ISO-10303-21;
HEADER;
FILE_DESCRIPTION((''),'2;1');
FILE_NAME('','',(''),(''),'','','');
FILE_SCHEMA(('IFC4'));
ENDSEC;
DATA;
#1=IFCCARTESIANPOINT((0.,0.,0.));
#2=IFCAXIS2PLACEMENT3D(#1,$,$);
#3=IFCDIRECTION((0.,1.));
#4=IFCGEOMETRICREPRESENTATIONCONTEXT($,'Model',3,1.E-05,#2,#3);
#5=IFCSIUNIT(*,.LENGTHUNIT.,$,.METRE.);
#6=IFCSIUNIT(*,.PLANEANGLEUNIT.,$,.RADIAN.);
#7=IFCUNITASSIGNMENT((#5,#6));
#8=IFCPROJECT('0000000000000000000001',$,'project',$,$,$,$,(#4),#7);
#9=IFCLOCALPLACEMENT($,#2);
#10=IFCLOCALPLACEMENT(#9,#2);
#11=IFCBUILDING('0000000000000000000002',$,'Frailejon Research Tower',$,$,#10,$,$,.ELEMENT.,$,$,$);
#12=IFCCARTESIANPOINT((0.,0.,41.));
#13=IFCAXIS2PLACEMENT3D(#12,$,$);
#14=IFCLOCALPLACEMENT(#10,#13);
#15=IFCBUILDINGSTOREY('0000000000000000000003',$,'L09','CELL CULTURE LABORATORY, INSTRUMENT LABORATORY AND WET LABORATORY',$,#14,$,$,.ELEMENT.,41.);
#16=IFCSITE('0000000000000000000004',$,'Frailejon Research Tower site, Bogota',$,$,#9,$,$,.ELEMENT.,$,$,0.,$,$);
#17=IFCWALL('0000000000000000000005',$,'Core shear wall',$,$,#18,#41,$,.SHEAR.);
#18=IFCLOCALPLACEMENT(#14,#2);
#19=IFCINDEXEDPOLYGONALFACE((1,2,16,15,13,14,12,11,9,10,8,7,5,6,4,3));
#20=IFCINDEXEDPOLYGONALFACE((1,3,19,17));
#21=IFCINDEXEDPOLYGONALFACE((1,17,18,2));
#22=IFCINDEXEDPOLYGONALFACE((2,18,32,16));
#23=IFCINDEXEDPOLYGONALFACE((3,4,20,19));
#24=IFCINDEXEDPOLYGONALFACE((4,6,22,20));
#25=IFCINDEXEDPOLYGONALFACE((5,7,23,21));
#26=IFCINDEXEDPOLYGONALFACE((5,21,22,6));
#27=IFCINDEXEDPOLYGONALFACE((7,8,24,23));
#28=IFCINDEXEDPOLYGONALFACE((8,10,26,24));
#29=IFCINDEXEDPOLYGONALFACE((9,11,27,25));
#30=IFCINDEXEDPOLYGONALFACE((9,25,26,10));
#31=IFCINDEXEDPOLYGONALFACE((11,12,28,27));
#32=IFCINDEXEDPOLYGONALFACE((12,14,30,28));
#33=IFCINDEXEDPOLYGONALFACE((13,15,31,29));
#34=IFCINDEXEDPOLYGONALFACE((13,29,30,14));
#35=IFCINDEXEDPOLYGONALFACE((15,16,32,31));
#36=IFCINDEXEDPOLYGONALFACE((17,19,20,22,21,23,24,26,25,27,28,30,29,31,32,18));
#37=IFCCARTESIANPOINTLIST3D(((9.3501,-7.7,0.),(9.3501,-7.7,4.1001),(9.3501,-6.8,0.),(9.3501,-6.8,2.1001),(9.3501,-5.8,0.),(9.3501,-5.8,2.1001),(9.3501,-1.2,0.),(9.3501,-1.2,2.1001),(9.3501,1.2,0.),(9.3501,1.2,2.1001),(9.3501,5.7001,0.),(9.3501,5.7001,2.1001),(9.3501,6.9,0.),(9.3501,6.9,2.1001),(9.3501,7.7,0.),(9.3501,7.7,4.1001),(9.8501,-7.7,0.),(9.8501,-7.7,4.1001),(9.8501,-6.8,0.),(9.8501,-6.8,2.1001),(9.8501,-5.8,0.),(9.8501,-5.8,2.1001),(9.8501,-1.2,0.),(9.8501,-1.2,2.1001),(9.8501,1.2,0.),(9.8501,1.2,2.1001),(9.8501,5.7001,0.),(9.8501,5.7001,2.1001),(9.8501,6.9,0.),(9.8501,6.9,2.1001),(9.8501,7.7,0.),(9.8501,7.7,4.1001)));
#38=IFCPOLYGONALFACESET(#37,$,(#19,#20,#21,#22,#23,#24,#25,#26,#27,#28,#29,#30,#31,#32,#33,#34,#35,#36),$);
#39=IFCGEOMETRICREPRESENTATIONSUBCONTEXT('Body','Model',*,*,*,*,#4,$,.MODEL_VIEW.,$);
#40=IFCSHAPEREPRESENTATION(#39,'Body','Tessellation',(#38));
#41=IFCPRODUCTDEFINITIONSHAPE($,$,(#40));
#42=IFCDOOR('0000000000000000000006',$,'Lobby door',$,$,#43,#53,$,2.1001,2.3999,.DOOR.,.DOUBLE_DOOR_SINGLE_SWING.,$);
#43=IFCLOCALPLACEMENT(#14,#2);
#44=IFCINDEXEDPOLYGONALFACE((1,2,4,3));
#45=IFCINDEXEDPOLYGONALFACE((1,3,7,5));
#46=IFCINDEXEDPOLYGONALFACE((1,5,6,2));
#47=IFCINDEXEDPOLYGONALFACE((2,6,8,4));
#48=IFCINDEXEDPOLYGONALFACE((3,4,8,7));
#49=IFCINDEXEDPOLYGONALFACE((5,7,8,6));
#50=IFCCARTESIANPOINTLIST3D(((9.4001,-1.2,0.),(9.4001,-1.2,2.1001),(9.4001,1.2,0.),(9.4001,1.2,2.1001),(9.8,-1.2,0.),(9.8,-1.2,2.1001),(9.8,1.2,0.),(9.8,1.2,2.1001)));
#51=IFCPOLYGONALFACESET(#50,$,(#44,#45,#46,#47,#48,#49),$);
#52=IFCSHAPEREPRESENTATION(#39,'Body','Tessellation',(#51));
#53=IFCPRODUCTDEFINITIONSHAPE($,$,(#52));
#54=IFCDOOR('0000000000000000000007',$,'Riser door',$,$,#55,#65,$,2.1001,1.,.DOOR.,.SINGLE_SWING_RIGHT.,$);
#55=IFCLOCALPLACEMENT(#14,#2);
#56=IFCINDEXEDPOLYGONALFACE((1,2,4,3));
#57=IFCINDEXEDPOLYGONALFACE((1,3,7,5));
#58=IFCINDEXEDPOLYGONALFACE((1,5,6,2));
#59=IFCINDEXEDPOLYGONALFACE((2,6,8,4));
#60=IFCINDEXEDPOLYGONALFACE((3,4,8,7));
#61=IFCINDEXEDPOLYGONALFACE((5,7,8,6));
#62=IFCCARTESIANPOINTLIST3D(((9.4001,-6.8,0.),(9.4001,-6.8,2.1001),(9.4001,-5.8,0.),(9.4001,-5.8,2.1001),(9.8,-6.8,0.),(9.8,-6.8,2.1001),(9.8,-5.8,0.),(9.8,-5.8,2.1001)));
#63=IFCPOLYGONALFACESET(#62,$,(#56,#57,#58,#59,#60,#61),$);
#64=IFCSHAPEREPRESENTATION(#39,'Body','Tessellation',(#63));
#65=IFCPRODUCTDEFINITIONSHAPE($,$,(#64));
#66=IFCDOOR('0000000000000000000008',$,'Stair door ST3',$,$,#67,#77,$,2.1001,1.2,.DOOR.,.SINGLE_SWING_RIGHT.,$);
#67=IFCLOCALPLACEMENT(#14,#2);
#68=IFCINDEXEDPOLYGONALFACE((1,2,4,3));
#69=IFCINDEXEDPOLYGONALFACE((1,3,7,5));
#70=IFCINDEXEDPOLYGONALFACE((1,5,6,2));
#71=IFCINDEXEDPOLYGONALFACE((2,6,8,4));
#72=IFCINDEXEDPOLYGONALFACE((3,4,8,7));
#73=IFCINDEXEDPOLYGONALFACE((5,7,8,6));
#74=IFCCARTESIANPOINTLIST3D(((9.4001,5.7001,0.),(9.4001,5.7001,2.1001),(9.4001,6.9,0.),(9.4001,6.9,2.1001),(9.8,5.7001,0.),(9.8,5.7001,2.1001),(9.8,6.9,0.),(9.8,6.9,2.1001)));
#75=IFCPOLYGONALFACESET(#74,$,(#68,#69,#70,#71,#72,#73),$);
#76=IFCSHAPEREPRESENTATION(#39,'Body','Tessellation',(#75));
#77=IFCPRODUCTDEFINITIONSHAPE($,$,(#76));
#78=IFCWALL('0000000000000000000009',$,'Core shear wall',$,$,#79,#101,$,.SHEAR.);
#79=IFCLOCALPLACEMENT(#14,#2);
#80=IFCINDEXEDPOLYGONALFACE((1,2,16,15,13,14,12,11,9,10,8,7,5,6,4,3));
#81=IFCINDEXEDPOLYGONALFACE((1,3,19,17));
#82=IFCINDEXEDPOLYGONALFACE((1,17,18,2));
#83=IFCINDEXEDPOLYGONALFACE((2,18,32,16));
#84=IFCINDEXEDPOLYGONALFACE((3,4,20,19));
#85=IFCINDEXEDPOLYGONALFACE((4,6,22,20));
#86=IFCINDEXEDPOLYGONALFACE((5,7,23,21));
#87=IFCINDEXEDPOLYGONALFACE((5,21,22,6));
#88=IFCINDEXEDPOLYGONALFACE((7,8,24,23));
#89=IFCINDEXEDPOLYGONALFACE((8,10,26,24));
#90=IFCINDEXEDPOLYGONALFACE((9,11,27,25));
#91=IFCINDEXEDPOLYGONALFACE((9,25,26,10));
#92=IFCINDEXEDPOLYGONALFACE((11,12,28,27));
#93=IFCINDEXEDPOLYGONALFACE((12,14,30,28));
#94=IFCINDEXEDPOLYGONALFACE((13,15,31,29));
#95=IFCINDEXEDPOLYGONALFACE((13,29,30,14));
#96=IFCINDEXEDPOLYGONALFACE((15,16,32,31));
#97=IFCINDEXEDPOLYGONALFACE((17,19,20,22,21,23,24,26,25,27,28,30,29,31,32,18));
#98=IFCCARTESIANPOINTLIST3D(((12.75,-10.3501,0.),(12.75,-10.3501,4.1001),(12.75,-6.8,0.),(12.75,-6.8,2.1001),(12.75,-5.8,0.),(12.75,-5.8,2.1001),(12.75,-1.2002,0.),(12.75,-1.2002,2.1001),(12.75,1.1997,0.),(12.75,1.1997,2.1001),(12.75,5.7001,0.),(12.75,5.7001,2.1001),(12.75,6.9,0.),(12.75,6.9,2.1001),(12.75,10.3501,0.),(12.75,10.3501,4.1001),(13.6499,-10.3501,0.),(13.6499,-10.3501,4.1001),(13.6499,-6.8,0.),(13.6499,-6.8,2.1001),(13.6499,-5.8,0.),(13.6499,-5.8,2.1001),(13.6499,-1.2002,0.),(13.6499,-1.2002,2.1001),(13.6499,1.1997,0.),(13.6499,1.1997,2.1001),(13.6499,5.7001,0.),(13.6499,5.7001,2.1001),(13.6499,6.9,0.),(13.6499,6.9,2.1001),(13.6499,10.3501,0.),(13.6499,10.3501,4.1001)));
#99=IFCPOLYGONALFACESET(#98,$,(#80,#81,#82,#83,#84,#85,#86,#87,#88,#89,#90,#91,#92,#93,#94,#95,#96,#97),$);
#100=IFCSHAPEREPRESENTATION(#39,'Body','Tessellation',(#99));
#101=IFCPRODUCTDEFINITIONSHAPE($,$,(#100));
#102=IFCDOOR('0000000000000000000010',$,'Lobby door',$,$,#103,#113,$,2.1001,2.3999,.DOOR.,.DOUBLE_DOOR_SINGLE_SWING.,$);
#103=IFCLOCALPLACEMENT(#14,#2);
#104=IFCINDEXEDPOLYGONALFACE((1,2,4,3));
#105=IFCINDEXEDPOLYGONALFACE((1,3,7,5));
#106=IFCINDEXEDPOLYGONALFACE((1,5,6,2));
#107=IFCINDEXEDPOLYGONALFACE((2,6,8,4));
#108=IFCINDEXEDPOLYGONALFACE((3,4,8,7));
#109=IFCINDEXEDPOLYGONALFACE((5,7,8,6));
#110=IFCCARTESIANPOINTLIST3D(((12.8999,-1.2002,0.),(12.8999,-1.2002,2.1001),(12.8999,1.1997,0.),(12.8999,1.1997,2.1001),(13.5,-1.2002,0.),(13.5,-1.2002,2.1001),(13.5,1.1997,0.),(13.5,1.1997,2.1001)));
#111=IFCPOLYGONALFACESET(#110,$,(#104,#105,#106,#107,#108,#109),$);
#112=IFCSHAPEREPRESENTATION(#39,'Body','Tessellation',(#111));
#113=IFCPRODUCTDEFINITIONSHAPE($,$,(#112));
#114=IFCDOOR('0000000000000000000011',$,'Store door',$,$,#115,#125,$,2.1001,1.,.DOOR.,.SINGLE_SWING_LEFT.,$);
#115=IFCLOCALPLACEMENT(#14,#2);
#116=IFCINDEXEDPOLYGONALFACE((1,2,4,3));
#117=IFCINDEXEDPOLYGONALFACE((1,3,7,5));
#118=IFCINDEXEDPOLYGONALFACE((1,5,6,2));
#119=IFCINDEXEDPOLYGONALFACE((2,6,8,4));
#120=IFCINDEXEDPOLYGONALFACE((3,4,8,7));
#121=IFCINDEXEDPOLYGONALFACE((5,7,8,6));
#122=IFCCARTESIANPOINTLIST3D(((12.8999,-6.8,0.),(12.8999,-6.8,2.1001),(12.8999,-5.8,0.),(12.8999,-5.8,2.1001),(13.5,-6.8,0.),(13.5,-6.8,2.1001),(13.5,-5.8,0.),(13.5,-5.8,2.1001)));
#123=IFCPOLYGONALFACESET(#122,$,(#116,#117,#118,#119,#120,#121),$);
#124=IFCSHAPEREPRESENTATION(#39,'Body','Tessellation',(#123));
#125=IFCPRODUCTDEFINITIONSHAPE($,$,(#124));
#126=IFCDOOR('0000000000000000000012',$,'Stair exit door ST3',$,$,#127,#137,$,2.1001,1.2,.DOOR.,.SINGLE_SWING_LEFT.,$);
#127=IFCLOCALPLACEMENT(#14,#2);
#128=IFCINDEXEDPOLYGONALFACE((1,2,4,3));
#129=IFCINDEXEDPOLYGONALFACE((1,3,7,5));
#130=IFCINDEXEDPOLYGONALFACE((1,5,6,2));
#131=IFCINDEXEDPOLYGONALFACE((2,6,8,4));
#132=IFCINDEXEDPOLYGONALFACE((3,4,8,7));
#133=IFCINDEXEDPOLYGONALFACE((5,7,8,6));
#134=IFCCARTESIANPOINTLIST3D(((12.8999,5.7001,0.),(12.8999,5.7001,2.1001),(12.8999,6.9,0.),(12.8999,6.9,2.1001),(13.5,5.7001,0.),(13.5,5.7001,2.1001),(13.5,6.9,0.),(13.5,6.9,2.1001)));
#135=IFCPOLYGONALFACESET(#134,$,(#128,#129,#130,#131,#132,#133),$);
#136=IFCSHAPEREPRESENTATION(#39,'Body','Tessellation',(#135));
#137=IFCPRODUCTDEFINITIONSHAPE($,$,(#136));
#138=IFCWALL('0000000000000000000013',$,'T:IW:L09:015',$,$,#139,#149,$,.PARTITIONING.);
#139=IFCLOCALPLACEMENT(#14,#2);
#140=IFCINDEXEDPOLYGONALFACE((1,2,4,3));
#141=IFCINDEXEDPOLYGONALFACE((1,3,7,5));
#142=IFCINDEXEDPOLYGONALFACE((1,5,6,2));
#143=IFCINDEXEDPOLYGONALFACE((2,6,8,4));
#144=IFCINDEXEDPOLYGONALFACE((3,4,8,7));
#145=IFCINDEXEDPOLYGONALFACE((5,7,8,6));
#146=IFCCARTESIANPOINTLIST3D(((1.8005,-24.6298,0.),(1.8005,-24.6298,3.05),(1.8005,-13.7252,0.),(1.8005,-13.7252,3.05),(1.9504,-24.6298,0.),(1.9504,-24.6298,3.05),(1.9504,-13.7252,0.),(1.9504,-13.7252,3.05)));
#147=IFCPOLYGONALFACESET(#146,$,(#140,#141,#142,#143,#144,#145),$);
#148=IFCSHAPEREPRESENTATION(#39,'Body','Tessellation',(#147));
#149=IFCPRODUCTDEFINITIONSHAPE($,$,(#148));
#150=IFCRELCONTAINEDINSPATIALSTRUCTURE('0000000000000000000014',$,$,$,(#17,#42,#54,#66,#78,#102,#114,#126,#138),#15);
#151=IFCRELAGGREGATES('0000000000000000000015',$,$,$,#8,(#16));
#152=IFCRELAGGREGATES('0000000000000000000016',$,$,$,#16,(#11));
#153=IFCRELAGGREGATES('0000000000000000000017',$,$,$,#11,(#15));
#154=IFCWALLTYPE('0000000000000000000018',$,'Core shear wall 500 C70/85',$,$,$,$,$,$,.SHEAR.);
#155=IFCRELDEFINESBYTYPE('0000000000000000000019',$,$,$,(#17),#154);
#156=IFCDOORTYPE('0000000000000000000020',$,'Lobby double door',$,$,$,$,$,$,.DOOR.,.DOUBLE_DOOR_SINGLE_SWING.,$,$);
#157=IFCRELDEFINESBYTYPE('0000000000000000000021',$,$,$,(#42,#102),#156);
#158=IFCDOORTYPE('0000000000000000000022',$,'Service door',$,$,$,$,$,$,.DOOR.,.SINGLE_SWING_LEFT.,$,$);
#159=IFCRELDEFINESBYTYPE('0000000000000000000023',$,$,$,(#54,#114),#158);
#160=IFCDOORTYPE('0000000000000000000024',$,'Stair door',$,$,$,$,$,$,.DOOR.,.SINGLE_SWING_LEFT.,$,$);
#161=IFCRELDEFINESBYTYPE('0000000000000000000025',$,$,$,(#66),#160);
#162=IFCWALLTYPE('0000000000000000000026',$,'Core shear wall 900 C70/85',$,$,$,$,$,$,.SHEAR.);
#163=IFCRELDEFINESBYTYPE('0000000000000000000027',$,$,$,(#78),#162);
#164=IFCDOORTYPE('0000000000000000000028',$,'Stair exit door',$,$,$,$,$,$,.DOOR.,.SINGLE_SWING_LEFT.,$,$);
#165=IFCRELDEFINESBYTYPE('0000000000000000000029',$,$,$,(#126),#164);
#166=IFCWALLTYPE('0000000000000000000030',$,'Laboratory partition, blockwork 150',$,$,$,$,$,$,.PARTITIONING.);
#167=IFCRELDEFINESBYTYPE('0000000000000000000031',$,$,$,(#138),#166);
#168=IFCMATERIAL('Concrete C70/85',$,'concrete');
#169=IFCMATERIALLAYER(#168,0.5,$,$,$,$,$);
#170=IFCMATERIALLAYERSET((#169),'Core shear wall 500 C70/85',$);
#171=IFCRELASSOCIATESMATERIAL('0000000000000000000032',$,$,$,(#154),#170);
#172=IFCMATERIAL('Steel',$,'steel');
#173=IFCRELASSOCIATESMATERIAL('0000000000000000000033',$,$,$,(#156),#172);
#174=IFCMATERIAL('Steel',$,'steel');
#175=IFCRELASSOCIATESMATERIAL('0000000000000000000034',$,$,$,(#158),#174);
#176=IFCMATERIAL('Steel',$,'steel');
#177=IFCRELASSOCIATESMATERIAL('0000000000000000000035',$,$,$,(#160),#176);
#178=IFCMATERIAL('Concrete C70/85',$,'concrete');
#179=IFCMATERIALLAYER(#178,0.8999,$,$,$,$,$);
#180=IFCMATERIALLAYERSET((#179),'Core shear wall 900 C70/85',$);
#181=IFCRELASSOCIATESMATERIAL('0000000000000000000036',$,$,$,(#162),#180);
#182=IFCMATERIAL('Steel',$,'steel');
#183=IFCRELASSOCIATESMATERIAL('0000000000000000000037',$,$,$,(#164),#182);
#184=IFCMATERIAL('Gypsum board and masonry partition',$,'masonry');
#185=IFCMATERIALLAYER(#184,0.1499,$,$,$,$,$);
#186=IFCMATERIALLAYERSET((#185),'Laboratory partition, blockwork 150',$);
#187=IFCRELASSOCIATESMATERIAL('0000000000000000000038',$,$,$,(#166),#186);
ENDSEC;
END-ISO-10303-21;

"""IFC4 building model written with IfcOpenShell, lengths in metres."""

from ifc_helpers import new_model, si_unit, direction, frame, frame_2d, origin, place, context, subcontext, project, spatial, rectangle, extrude, material, layer, layer_set, type_object, element, fill, save


model = new_model("IFC4")

# Units and contexts
model_context = context("Model", 3, precision=1e-05, world=origin(), true_north=direction((0.0, 1.0)))
body_context = subcontext(model_context, "Body", "Model", "MODEL_VIEW")
ifc_project = project(units=[si_unit("LENGTHUNIT", "METRE"), si_unit("PLANEANGLEUNIT", "RADIAN")], contexts=[model_context])

# Site, building, storey
site_placement = place(None, origin())
site = spatial("IfcSite", under=ifc_project, at=site_placement, Name="Frailejon Research Tower site, Bogota", CompositionType="ELEMENT", RefElevation=0.0)
building_placement = place(site_placement, origin())
building = spatial("IfcBuilding", under=site, at=building_placement, Name="Frailejon Research Tower", CompositionType="ELEMENT")
storey_placement = place(building_placement, frame((0.0, 0.0, 41.0)))
storey = spatial("IfcBuildingStorey", under=building, at=storey_placement, Name="L09", Description="CELL CULTURE LABORATORY, INSTRUMENT LABORATORY AND WET LABORATORY", CompositionType="ELEMENT", Elevation=41.0)

# Walls, openings, doors
ifc_material_1 = material(Name="Concrete C70/85", Category="concrete")
ifc_layer_1 = layer(ifc_material_1, 0.5)
ifc_layer_set_1 = layer_set([ifc_layer_1], Name="Core shear wall 500 C70/85")
wall_type_1 = type_object("IfcWallType", Name="Core shear wall 500 C70/85", PredefinedType="SHEAR", material=ifc_layer_set_1)
wall_1_placement = place(storey_placement, frame((9.6001, -7.7, 0.0), z_axis=(0.0, 0.0, 1.0), x_axis=(0.0, 1.0, 0.0)))
wall_1 = element("IfcWall", 1, at=wall_1_placement, inside=storey, type_object=wall_type_1, Name="Core shear wall", PredefinedType="SHEAR", context=body_context, shape_type="SweptSolid", body=[
    extrude(rectangle(XDim=15.3999, YDim=0.5, at=frame_2d((7.7, 0.0))), origin(), (0.0, 0.0, 1.0), 4.1001),
])
opening_1_placement = place(wall_1_placement, frame((6.5, 0.0, 0.0)))
opening_1 = element("IfcOpeningElement", 2, at=opening_1_placement, cuts=wall_1, PredefinedType="OPENING", context=body_context, shape_type="SweptSolid", body=[
    extrude(rectangle(XDim=2.3999, YDim=2.1001, at=frame_2d((1.2, 1.05))), frame((0.0, 0.26, 0.0), z_axis=(0.0, -1.0, 0.0), x_axis=(1.0, 0.0, 0.0)), (0.0, 0.0, 1.0), 0.52),
])
opening_2_placement = place(wall_1_placement, frame((13.3999, 0.0, 0.0)))
opening_2 = element("IfcOpeningElement", 3, at=opening_2_placement, cuts=wall_1, PredefinedType="OPENING", context=body_context, shape_type="SweptSolid", body=[
    extrude(rectangle(XDim=1.2, YDim=2.1001, at=frame_2d((0.6001, 1.05))), frame((0.0, 0.26, 0.0), z_axis=(0.0, -1.0, 0.0), x_axis=(1.0, 0.0, 0.0)), (0.0, 0.0, 1.0), 0.52),
])
opening_3_placement = place(wall_1_placement, frame((0.8999, 0.0, 0.0)))
opening_3 = element("IfcOpeningElement", 4, at=opening_3_placement, cuts=wall_1, PredefinedType="OPENING", context=body_context, shape_type="SweptSolid", body=[
    extrude(rectangle(XDim=1.0, YDim=2.1001, at=frame_2d((0.5, 1.05))), frame((0.0, 0.26, 0.0), z_axis=(0.0, -1.0, 0.0), x_axis=(1.0, 0.0, 0.0)), (0.0, 0.0, 1.0), 0.52),
])
ifc_material_2 = material(Name="Steel", Category="steel")
door_type_1 = type_object("IfcDoorType", Name="Lobby double door", OperationType="DOUBLE_DOOR_SINGLE_SWING", PredefinedType="DOOR", material=ifc_material_2)
door_1_placement = place(opening_1_placement, origin())
door_1 = element("IfcDoor", 5, at=door_1_placement, inside=storey, type_object=door_type_1, Name="Lobby door", OperationType="DOUBLE_DOOR_SINGLE_SWING", OverallHeight=2.1001, OverallWidth=2.3999, PredefinedType="DOOR", context=body_context, shape_type="SweptSolid", body=[
    extrude(rectangle(XDim=2.3999, YDim=2.1001, at=frame_2d((1.2, 1.05))), frame((0.0, 0.2, 0.0), z_axis=(0.0, -1.0, 0.0), x_axis=(1.0, 0.0, 0.0)), (0.0, 0.0, 1.0), 0.3999),
])
fill(opening_1, door_1)
ifc_material_3 = material(Name="Steel", Category="steel")
door_type_2 = type_object("IfcDoorType", Name="Service door", OperationType="SINGLE_SWING_LEFT", PredefinedType="DOOR", material=ifc_material_3)
door_2_placement = place(opening_3_placement, origin())
door_2 = element("IfcDoor", 6, at=door_2_placement, inside=storey, type_object=door_type_2, Name="Riser door", OperationType="SINGLE_SWING_RIGHT", OverallHeight=2.1001, OverallWidth=1.0, PredefinedType="DOOR", context=body_context, shape_type="SweptSolid", body=[
    extrude(rectangle(XDim=1.0, YDim=2.1001, at=frame_2d((0.5, 1.05))), frame((0.0, 0.2, 0.0), z_axis=(0.0, -1.0, 0.0), x_axis=(1.0, 0.0, 0.0)), (0.0, 0.0, 1.0), 0.3999),
])
fill(opening_3, door_2)
ifc_material_4 = material(Name="Steel", Category="steel")
door_type_3 = type_object("IfcDoorType", Name="Stair door", OperationType="SINGLE_SWING_LEFT", PredefinedType="DOOR", material=ifc_material_4)
door_3_placement = place(opening_2_placement, origin())
door_3 = element("IfcDoor", 7, at=door_3_placement, inside=storey, type_object=door_type_3, Name="Stair door ST3", OperationType="SINGLE_SWING_RIGHT", OverallHeight=2.1001, OverallWidth=1.2, PredefinedType="DOOR", context=body_context, shape_type="SweptSolid", body=[
    extrude(rectangle(XDim=1.2, YDim=2.1001, at=frame_2d((0.6001, 1.05))), frame((0.0, 0.2, 0.0), z_axis=(0.0, -1.0, 0.0), x_axis=(1.0, 0.0, 0.0)), (0.0, 0.0, 1.0), 0.3999),
])
fill(opening_2, door_3)
ifc_material_5 = material(Name="Concrete C70/85", Category="concrete")
ifc_layer_2 = layer(ifc_material_5, 0.8999)
ifc_layer_set_2 = layer_set([ifc_layer_2], Name="Core shear wall 900 C70/85")
wall_type_2 = type_object("IfcWallType", Name="Core shear wall 900 C70/85", PredefinedType="SHEAR", material=ifc_layer_set_2)
wall_2_placement = place(storey_placement, frame((13.2, -10.3501, 0.0), z_axis=(0.0, 0.0, 1.0), x_axis=(0.0, 1.0, 0.0)))
wall_2 = element("IfcWall", 8, at=wall_2_placement, inside=storey, type_object=wall_type_2, Name="Core shear wall", PredefinedType="SHEAR", context=body_context, shape_type="SweptSolid", body=[
    extrude(rectangle(XDim=20.7002, YDim=0.8999, at=frame_2d((10.3501, 0.0))), origin(), (0.0, 0.0, 1.0), 4.1001),
])
opening_4_placement = place(wall_2_placement, frame((9.1499, 0.0, 0.0)))
opening_4 = element("IfcOpeningElement", 9, at=opening_4_placement, cuts=wall_2, PredefinedType="OPENING", context=body_context, shape_type="SweptSolid", body=[
    extrude(rectangle(XDim=2.3999, YDim=2.1001, at=frame_2d((1.2, 1.05))), frame((0.0, 0.46, 0.0), z_axis=(0.0, -1.0, 0.0), x_axis=(1.0, 0.0, 0.0)), (0.0, 0.0, 1.0), 0.9199),
])
opening_5_placement = place(wall_2_placement, frame((16.05, 0.0, 0.0)))
opening_5 = element("IfcOpeningElement", 10, at=opening_5_placement, cuts=wall_2, PredefinedType="OPENING", context=body_context, shape_type="SweptSolid", body=[
    extrude(rectangle(XDim=1.2, YDim=2.1001, at=frame_2d((0.6001, 1.05))), frame((0.0, 0.46, 0.0), z_axis=(0.0, -1.0, 0.0), x_axis=(1.0, 0.0, 0.0)), (0.0, 0.0, 1.0), 0.9199),
])
opening_6_placement = place(wall_2_placement, frame((3.55, 0.0, 0.0)))
opening_6 = element("IfcOpeningElement", 11, at=opening_6_placement, cuts=wall_2, PredefinedType="OPENING", context=body_context, shape_type="SweptSolid", body=[
    extrude(rectangle(XDim=1.0, YDim=2.1001, at=frame_2d((0.5, 1.05))), frame((0.0, 0.46, 0.0), z_axis=(0.0, -1.0, 0.0), x_axis=(1.0, 0.0, 0.0)), (0.0, 0.0, 1.0), 0.9199),
])
door_4_placement = place(opening_4_placement, origin())
door_4 = element("IfcDoor", 12, at=door_4_placement, inside=storey, type_object=door_type_1, Name="Lobby door", OperationType="DOUBLE_DOOR_SINGLE_SWING", OverallHeight=2.1001, OverallWidth=2.3999, PredefinedType="DOOR", context=body_context, shape_type="SweptSolid", body=[
    extrude(rectangle(XDim=2.3999, YDim=2.1001, at=frame_2d((1.2, 1.05))), frame((0.0, 0.3, 0.0), z_axis=(0.0, -1.0, 0.0), x_axis=(1.0, 0.0, 0.0)), (0.0, 0.0, 1.0), 0.6001),
])
fill(opening_4, door_4)
door_5_placement = place(opening_6_placement, origin())
door_5 = element("IfcDoor", 13, at=door_5_placement, inside=storey, type_object=door_type_2, Name="Store door", OperationType="SINGLE_SWING_LEFT", OverallHeight=2.1001, OverallWidth=1.0, PredefinedType="DOOR", context=body_context, shape_type="SweptSolid", body=[
    extrude(rectangle(XDim=1.0, YDim=2.1001, at=frame_2d((0.5, 1.05))), frame((0.0, 0.3, 0.0), z_axis=(0.0, -1.0, 0.0), x_axis=(1.0, 0.0, 0.0)), (0.0, 0.0, 1.0), 0.6001),
])
fill(opening_6, door_5)
ifc_material_6 = material(Name="Steel", Category="steel")
door_type_4 = type_object("IfcDoorType", Name="Stair exit door", OperationType="SINGLE_SWING_LEFT", PredefinedType="DOOR", material=ifc_material_6)
door_6_placement = place(opening_5_placement, origin())
door_6 = element("IfcDoor", 14, at=door_6_placement, inside=storey, type_object=door_type_4, Name="Stair exit door ST3", OperationType="SINGLE_SWING_LEFT", OverallHeight=2.1001, OverallWidth=1.2, PredefinedType="DOOR", context=body_context, shape_type="SweptSolid", body=[
    extrude(rectangle(XDim=1.2, YDim=2.1001, at=frame_2d((0.6001, 1.05))), frame((0.0, 0.3, 0.0), z_axis=(0.0, -1.0, 0.0), x_axis=(1.0, 0.0, 0.0)), (0.0, 0.0, 1.0), 0.6001),
])
fill(opening_5, door_6)

# Wall
ifc_material_7 = material(Name="Gypsum board and masonry partition", Category="masonry")
ifc_layer_3 = layer(ifc_material_7, 0.1499)
ifc_layer_set_3 = layer_set([ifc_layer_3], Name="Laboratory partition, blockwork 150")
wall_type_3 = type_object("IfcWallType", Name="Laboratory partition, blockwork 150", PredefinedType="PARTITIONING", material=ifc_layer_set_3)
wall_3_placement = place(storey_placement, frame((1.8755, -24.6296, 0.0), z_axis=(0.0, 0.0, 1.0), x_axis=(0.0, 1.0, 0.0)))
element("IfcWall", 15, at=wall_3_placement, inside=storey, type_object=wall_type_3, Name="T:IW:L09:015", PredefinedType="PARTITIONING", context=body_context, shape_type="SweptSolid", body=[
    extrude(rectangle(XDim=10.9045, YDim=0.1499, at=frame_2d((5.4521, 0.0))), origin(), (0.0, 0.0, 1.0), 3.05),
])

save(model, "model.ifc")
